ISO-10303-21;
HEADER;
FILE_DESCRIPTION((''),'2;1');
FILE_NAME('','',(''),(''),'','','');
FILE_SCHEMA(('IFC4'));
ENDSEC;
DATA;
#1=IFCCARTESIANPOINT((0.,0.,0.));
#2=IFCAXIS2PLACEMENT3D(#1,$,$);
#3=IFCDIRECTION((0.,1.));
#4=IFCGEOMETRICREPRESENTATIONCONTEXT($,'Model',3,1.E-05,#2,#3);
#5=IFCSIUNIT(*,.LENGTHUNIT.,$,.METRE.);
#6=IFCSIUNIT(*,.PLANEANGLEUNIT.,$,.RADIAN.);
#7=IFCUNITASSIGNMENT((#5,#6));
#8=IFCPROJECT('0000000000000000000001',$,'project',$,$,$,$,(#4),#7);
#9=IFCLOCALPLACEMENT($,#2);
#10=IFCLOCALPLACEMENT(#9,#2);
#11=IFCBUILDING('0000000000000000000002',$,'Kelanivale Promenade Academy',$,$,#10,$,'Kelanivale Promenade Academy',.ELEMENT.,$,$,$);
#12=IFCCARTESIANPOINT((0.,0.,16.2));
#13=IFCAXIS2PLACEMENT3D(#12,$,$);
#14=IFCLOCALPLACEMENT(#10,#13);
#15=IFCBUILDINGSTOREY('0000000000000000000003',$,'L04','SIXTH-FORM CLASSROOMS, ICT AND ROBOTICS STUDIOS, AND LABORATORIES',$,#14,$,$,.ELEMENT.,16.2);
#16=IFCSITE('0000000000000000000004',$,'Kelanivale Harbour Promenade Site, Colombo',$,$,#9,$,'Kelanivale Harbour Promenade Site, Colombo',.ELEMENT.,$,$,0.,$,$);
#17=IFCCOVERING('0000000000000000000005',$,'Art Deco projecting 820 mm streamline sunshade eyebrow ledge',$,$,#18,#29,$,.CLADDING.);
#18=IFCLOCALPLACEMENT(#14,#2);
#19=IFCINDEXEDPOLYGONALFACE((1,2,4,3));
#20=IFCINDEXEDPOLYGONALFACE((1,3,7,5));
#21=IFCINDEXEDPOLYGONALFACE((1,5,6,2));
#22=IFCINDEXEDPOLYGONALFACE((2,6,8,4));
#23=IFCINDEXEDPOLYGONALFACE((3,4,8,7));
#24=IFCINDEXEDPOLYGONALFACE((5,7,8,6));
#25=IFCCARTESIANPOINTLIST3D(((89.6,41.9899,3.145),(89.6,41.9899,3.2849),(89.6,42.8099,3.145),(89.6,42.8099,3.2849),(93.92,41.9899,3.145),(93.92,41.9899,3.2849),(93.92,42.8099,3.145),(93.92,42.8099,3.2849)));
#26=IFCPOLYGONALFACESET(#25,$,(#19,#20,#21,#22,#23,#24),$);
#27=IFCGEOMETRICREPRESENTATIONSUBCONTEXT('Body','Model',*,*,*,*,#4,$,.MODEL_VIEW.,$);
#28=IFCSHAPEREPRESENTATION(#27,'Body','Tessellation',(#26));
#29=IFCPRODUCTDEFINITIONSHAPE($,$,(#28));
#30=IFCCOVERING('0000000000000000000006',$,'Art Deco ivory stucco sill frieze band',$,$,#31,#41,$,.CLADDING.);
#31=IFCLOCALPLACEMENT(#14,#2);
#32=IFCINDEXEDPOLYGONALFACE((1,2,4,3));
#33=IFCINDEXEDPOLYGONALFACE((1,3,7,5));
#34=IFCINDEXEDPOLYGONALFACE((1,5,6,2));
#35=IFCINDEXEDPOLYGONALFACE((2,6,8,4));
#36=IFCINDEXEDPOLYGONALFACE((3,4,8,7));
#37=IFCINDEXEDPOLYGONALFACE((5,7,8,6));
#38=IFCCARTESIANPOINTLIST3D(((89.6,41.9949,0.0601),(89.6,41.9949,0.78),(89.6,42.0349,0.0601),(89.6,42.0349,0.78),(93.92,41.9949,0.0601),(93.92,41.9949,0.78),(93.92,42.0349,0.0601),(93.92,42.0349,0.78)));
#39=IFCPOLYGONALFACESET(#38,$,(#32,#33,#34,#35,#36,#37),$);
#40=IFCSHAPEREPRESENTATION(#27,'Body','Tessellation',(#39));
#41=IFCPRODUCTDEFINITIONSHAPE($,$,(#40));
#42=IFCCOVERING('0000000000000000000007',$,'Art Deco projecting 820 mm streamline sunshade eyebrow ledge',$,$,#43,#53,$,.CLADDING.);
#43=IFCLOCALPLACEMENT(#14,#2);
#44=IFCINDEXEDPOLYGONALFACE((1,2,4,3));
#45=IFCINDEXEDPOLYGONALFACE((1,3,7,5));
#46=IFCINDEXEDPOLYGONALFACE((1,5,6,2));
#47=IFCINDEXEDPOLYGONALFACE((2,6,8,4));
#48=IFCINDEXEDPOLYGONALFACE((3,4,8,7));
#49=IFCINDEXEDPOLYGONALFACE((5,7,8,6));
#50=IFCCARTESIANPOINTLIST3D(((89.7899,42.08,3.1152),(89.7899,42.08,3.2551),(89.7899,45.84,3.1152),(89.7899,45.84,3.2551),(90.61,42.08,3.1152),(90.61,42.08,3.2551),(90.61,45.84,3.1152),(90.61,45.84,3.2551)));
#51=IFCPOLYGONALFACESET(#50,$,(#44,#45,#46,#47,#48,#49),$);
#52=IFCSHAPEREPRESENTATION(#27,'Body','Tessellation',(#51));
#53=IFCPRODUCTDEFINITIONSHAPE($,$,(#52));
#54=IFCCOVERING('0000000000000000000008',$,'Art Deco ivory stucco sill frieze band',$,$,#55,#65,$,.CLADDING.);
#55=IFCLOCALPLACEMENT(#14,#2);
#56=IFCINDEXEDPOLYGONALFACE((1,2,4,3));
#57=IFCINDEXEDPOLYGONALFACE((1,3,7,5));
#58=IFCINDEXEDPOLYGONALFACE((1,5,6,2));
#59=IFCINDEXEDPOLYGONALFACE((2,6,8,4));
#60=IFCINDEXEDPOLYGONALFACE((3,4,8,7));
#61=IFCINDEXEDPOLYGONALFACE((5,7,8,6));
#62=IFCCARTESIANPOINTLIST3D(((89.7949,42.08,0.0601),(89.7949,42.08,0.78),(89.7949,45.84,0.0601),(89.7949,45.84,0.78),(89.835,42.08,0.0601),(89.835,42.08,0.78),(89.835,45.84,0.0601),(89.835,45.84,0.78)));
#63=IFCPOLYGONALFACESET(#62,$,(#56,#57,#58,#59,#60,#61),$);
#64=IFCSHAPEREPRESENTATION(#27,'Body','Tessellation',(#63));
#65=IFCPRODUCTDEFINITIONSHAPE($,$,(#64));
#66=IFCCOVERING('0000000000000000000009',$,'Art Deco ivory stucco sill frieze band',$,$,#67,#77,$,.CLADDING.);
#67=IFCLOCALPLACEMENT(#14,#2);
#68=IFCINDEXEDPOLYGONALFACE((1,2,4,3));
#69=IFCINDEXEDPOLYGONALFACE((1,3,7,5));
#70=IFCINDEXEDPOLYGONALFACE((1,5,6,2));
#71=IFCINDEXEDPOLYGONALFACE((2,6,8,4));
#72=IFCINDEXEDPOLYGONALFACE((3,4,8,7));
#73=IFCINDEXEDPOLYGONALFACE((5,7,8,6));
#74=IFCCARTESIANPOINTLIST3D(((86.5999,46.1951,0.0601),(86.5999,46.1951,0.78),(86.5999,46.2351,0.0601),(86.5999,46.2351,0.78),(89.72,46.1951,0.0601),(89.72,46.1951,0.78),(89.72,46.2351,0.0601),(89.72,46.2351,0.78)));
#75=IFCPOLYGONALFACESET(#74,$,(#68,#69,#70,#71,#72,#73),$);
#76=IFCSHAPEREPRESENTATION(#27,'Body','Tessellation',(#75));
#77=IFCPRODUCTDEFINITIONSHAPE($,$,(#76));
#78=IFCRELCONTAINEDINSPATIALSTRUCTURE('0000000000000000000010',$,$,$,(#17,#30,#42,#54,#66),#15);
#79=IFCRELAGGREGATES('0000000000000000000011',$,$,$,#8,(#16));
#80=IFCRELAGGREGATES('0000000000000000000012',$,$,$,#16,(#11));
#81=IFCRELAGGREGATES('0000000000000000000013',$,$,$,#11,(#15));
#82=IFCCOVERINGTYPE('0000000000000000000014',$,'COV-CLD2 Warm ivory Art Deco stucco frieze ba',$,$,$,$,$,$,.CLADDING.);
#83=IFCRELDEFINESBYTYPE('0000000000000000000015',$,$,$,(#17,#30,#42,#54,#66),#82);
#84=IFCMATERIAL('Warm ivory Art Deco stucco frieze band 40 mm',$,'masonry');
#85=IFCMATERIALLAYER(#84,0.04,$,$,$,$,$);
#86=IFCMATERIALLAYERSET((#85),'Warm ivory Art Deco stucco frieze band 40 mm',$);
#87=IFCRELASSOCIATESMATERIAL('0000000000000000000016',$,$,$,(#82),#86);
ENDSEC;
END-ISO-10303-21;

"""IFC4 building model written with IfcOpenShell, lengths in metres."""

from ifc_helpers import new_model, si_unit, direction, frame, origin, origin_2d, place, context, subcontext, project, spatial, rectangle, extrude, material, layer, layer_set, type_object, element, save


model = new_model("IFC4")

# Units and contexts
model_context = context("Model", 3, precision=1e-05, world=origin(), true_north=direction((0.0, 1.0)))
body_context = subcontext(model_context, "Body", "Model", "MODEL_VIEW")
ifc_project = project(units=[si_unit("LENGTHUNIT", "METRE"), si_unit("PLANEANGLEUNIT", "RADIAN")], contexts=[model_context])

# Site, building, storey
site_placement = place(None, origin())
site = spatial("IfcSite", under=ifc_project, at=site_placement, Name="Kelanivale Harbour Promenade Site, Colombo", LongName="Kelanivale Harbour Promenade Site, Colombo", CompositionType="ELEMENT", RefElevation=0.0)
building_placement = place(site_placement, origin())
building = spatial("IfcBuilding", under=site, at=building_placement, Name="Kelanivale Promenade Academy", LongName="Kelanivale Promenade Academy", CompositionType="ELEMENT")
storey_placement = place(building_placement, frame((0.0, 0.0, 16.2)))
storey = spatial("IfcBuildingStorey", under=building, at=storey_placement, Name="L04", Description="SIXTH-FORM CLASSROOMS, ICT AND ROBOTICS STUDIOS, AND LABORATORIES", CompositionType="ELEMENT", Elevation=16.2)

# Coverings
ifc_material_1 = material(Name="Warm ivory Art Deco stucco frieze band 40 mm", Category="masonry")
ifc_layer_1 = layer(ifc_material_1, 0.04)
ifc_layer_set_1 = layer_set([ifc_layer_1], Name="Warm ivory Art Deco stucco frieze band 40 mm")
covering_type = type_object("IfcCoveringType", Name="COV-CLD2 Warm ivory Art Deco stucco frieze ba", PredefinedType="CLADDING", material=ifc_layer_set_1)
covering_1_placement = place(storey_placement, frame((91.76, 42.3999, 3.145), z_axis=(0.0, 0.0, 1.0), x_axis=(-1.0, 0.0, 0.0)))
element("IfcCovering", 1, at=covering_1_placement, inside=storey, type_object=covering_type, Name="Art Deco projecting 820 mm streamline sunshade eyebrow ledge", PredefinedType="CLADDING", context=body_context, shape_type="SweptSolid", body=[
    extrude(rectangle(XDim=4.3201, YDim=0.8201, at=origin_2d()), origin(), (0.0, 0.0, 1.0), 0.1399),
])
covering_2_placement = place(storey_placement, frame((91.76, 42.0149, 0.0601), z_axis=(0.0, 0.0, 1.0), x_axis=(-1.0, 0.0, 0.0)))
element("IfcCovering", 2, at=covering_2_placement, inside=storey, type_object=covering_type, Name="Art Deco ivory stucco sill frieze band", PredefinedType="CLADDING", context=body_context, shape_type="SweptSolid", body=[
    extrude(rectangle(XDim=4.3201, YDim=0.04, at=origin_2d()), origin(), (0.0, 0.0, 1.0), 0.72),
])
covering_3_placement = place(storey_placement, frame((90.2, 43.96, 3.1152), z_axis=(0.0, 0.0, 1.0), x_axis=(0.0, 1.0, 0.0)))
element("IfcCovering", 3, at=covering_3_placement, inside=storey, type_object=covering_type, Name="Art Deco projecting 820 mm streamline sunshade eyebrow ledge", PredefinedType="CLADDING", context=body_context, shape_type="SweptSolid", body=[
    extrude(rectangle(XDim=3.76, YDim=0.8201, at=origin_2d()), origin(), (0.0, 0.0, 1.0), 0.1399),
])
covering_4_placement = place(storey_placement, frame((89.8149, 43.96, 0.0601), z_axis=(0.0, 0.0, 1.0), x_axis=(0.0, 1.0, 0.0)))
element("IfcCovering", 4, at=covering_4_placement, inside=storey, type_object=covering_type, Name="Art Deco ivory stucco sill frieze band", PredefinedType="CLADDING", context=body_context, shape_type="SweptSolid", body=[
    extrude(rectangle(XDim=3.76, YDim=0.04, at=origin_2d()), origin(), (0.0, 0.0, 1.0), 0.72),
])
covering_5_placement = place(storey_placement, frame((88.1599, 46.2151, 0.0601), z_axis=(0.0, 0.0, 1.0), x_axis=(-1.0, 0.0, 0.0)))
element("IfcCovering", 5, at=covering_5_placement, inside=storey, type_object=covering_type, Name="Art Deco ivory stucco sill frieze band", PredefinedType="CLADDING", context=body_context, shape_type="SweptSolid", body=[
    extrude(rectangle(XDim=3.1201, YDim=0.04, at=origin_2d()), origin(), (0.0, 0.0, 1.0), 0.72),
])

save(model, "model.ifc")
